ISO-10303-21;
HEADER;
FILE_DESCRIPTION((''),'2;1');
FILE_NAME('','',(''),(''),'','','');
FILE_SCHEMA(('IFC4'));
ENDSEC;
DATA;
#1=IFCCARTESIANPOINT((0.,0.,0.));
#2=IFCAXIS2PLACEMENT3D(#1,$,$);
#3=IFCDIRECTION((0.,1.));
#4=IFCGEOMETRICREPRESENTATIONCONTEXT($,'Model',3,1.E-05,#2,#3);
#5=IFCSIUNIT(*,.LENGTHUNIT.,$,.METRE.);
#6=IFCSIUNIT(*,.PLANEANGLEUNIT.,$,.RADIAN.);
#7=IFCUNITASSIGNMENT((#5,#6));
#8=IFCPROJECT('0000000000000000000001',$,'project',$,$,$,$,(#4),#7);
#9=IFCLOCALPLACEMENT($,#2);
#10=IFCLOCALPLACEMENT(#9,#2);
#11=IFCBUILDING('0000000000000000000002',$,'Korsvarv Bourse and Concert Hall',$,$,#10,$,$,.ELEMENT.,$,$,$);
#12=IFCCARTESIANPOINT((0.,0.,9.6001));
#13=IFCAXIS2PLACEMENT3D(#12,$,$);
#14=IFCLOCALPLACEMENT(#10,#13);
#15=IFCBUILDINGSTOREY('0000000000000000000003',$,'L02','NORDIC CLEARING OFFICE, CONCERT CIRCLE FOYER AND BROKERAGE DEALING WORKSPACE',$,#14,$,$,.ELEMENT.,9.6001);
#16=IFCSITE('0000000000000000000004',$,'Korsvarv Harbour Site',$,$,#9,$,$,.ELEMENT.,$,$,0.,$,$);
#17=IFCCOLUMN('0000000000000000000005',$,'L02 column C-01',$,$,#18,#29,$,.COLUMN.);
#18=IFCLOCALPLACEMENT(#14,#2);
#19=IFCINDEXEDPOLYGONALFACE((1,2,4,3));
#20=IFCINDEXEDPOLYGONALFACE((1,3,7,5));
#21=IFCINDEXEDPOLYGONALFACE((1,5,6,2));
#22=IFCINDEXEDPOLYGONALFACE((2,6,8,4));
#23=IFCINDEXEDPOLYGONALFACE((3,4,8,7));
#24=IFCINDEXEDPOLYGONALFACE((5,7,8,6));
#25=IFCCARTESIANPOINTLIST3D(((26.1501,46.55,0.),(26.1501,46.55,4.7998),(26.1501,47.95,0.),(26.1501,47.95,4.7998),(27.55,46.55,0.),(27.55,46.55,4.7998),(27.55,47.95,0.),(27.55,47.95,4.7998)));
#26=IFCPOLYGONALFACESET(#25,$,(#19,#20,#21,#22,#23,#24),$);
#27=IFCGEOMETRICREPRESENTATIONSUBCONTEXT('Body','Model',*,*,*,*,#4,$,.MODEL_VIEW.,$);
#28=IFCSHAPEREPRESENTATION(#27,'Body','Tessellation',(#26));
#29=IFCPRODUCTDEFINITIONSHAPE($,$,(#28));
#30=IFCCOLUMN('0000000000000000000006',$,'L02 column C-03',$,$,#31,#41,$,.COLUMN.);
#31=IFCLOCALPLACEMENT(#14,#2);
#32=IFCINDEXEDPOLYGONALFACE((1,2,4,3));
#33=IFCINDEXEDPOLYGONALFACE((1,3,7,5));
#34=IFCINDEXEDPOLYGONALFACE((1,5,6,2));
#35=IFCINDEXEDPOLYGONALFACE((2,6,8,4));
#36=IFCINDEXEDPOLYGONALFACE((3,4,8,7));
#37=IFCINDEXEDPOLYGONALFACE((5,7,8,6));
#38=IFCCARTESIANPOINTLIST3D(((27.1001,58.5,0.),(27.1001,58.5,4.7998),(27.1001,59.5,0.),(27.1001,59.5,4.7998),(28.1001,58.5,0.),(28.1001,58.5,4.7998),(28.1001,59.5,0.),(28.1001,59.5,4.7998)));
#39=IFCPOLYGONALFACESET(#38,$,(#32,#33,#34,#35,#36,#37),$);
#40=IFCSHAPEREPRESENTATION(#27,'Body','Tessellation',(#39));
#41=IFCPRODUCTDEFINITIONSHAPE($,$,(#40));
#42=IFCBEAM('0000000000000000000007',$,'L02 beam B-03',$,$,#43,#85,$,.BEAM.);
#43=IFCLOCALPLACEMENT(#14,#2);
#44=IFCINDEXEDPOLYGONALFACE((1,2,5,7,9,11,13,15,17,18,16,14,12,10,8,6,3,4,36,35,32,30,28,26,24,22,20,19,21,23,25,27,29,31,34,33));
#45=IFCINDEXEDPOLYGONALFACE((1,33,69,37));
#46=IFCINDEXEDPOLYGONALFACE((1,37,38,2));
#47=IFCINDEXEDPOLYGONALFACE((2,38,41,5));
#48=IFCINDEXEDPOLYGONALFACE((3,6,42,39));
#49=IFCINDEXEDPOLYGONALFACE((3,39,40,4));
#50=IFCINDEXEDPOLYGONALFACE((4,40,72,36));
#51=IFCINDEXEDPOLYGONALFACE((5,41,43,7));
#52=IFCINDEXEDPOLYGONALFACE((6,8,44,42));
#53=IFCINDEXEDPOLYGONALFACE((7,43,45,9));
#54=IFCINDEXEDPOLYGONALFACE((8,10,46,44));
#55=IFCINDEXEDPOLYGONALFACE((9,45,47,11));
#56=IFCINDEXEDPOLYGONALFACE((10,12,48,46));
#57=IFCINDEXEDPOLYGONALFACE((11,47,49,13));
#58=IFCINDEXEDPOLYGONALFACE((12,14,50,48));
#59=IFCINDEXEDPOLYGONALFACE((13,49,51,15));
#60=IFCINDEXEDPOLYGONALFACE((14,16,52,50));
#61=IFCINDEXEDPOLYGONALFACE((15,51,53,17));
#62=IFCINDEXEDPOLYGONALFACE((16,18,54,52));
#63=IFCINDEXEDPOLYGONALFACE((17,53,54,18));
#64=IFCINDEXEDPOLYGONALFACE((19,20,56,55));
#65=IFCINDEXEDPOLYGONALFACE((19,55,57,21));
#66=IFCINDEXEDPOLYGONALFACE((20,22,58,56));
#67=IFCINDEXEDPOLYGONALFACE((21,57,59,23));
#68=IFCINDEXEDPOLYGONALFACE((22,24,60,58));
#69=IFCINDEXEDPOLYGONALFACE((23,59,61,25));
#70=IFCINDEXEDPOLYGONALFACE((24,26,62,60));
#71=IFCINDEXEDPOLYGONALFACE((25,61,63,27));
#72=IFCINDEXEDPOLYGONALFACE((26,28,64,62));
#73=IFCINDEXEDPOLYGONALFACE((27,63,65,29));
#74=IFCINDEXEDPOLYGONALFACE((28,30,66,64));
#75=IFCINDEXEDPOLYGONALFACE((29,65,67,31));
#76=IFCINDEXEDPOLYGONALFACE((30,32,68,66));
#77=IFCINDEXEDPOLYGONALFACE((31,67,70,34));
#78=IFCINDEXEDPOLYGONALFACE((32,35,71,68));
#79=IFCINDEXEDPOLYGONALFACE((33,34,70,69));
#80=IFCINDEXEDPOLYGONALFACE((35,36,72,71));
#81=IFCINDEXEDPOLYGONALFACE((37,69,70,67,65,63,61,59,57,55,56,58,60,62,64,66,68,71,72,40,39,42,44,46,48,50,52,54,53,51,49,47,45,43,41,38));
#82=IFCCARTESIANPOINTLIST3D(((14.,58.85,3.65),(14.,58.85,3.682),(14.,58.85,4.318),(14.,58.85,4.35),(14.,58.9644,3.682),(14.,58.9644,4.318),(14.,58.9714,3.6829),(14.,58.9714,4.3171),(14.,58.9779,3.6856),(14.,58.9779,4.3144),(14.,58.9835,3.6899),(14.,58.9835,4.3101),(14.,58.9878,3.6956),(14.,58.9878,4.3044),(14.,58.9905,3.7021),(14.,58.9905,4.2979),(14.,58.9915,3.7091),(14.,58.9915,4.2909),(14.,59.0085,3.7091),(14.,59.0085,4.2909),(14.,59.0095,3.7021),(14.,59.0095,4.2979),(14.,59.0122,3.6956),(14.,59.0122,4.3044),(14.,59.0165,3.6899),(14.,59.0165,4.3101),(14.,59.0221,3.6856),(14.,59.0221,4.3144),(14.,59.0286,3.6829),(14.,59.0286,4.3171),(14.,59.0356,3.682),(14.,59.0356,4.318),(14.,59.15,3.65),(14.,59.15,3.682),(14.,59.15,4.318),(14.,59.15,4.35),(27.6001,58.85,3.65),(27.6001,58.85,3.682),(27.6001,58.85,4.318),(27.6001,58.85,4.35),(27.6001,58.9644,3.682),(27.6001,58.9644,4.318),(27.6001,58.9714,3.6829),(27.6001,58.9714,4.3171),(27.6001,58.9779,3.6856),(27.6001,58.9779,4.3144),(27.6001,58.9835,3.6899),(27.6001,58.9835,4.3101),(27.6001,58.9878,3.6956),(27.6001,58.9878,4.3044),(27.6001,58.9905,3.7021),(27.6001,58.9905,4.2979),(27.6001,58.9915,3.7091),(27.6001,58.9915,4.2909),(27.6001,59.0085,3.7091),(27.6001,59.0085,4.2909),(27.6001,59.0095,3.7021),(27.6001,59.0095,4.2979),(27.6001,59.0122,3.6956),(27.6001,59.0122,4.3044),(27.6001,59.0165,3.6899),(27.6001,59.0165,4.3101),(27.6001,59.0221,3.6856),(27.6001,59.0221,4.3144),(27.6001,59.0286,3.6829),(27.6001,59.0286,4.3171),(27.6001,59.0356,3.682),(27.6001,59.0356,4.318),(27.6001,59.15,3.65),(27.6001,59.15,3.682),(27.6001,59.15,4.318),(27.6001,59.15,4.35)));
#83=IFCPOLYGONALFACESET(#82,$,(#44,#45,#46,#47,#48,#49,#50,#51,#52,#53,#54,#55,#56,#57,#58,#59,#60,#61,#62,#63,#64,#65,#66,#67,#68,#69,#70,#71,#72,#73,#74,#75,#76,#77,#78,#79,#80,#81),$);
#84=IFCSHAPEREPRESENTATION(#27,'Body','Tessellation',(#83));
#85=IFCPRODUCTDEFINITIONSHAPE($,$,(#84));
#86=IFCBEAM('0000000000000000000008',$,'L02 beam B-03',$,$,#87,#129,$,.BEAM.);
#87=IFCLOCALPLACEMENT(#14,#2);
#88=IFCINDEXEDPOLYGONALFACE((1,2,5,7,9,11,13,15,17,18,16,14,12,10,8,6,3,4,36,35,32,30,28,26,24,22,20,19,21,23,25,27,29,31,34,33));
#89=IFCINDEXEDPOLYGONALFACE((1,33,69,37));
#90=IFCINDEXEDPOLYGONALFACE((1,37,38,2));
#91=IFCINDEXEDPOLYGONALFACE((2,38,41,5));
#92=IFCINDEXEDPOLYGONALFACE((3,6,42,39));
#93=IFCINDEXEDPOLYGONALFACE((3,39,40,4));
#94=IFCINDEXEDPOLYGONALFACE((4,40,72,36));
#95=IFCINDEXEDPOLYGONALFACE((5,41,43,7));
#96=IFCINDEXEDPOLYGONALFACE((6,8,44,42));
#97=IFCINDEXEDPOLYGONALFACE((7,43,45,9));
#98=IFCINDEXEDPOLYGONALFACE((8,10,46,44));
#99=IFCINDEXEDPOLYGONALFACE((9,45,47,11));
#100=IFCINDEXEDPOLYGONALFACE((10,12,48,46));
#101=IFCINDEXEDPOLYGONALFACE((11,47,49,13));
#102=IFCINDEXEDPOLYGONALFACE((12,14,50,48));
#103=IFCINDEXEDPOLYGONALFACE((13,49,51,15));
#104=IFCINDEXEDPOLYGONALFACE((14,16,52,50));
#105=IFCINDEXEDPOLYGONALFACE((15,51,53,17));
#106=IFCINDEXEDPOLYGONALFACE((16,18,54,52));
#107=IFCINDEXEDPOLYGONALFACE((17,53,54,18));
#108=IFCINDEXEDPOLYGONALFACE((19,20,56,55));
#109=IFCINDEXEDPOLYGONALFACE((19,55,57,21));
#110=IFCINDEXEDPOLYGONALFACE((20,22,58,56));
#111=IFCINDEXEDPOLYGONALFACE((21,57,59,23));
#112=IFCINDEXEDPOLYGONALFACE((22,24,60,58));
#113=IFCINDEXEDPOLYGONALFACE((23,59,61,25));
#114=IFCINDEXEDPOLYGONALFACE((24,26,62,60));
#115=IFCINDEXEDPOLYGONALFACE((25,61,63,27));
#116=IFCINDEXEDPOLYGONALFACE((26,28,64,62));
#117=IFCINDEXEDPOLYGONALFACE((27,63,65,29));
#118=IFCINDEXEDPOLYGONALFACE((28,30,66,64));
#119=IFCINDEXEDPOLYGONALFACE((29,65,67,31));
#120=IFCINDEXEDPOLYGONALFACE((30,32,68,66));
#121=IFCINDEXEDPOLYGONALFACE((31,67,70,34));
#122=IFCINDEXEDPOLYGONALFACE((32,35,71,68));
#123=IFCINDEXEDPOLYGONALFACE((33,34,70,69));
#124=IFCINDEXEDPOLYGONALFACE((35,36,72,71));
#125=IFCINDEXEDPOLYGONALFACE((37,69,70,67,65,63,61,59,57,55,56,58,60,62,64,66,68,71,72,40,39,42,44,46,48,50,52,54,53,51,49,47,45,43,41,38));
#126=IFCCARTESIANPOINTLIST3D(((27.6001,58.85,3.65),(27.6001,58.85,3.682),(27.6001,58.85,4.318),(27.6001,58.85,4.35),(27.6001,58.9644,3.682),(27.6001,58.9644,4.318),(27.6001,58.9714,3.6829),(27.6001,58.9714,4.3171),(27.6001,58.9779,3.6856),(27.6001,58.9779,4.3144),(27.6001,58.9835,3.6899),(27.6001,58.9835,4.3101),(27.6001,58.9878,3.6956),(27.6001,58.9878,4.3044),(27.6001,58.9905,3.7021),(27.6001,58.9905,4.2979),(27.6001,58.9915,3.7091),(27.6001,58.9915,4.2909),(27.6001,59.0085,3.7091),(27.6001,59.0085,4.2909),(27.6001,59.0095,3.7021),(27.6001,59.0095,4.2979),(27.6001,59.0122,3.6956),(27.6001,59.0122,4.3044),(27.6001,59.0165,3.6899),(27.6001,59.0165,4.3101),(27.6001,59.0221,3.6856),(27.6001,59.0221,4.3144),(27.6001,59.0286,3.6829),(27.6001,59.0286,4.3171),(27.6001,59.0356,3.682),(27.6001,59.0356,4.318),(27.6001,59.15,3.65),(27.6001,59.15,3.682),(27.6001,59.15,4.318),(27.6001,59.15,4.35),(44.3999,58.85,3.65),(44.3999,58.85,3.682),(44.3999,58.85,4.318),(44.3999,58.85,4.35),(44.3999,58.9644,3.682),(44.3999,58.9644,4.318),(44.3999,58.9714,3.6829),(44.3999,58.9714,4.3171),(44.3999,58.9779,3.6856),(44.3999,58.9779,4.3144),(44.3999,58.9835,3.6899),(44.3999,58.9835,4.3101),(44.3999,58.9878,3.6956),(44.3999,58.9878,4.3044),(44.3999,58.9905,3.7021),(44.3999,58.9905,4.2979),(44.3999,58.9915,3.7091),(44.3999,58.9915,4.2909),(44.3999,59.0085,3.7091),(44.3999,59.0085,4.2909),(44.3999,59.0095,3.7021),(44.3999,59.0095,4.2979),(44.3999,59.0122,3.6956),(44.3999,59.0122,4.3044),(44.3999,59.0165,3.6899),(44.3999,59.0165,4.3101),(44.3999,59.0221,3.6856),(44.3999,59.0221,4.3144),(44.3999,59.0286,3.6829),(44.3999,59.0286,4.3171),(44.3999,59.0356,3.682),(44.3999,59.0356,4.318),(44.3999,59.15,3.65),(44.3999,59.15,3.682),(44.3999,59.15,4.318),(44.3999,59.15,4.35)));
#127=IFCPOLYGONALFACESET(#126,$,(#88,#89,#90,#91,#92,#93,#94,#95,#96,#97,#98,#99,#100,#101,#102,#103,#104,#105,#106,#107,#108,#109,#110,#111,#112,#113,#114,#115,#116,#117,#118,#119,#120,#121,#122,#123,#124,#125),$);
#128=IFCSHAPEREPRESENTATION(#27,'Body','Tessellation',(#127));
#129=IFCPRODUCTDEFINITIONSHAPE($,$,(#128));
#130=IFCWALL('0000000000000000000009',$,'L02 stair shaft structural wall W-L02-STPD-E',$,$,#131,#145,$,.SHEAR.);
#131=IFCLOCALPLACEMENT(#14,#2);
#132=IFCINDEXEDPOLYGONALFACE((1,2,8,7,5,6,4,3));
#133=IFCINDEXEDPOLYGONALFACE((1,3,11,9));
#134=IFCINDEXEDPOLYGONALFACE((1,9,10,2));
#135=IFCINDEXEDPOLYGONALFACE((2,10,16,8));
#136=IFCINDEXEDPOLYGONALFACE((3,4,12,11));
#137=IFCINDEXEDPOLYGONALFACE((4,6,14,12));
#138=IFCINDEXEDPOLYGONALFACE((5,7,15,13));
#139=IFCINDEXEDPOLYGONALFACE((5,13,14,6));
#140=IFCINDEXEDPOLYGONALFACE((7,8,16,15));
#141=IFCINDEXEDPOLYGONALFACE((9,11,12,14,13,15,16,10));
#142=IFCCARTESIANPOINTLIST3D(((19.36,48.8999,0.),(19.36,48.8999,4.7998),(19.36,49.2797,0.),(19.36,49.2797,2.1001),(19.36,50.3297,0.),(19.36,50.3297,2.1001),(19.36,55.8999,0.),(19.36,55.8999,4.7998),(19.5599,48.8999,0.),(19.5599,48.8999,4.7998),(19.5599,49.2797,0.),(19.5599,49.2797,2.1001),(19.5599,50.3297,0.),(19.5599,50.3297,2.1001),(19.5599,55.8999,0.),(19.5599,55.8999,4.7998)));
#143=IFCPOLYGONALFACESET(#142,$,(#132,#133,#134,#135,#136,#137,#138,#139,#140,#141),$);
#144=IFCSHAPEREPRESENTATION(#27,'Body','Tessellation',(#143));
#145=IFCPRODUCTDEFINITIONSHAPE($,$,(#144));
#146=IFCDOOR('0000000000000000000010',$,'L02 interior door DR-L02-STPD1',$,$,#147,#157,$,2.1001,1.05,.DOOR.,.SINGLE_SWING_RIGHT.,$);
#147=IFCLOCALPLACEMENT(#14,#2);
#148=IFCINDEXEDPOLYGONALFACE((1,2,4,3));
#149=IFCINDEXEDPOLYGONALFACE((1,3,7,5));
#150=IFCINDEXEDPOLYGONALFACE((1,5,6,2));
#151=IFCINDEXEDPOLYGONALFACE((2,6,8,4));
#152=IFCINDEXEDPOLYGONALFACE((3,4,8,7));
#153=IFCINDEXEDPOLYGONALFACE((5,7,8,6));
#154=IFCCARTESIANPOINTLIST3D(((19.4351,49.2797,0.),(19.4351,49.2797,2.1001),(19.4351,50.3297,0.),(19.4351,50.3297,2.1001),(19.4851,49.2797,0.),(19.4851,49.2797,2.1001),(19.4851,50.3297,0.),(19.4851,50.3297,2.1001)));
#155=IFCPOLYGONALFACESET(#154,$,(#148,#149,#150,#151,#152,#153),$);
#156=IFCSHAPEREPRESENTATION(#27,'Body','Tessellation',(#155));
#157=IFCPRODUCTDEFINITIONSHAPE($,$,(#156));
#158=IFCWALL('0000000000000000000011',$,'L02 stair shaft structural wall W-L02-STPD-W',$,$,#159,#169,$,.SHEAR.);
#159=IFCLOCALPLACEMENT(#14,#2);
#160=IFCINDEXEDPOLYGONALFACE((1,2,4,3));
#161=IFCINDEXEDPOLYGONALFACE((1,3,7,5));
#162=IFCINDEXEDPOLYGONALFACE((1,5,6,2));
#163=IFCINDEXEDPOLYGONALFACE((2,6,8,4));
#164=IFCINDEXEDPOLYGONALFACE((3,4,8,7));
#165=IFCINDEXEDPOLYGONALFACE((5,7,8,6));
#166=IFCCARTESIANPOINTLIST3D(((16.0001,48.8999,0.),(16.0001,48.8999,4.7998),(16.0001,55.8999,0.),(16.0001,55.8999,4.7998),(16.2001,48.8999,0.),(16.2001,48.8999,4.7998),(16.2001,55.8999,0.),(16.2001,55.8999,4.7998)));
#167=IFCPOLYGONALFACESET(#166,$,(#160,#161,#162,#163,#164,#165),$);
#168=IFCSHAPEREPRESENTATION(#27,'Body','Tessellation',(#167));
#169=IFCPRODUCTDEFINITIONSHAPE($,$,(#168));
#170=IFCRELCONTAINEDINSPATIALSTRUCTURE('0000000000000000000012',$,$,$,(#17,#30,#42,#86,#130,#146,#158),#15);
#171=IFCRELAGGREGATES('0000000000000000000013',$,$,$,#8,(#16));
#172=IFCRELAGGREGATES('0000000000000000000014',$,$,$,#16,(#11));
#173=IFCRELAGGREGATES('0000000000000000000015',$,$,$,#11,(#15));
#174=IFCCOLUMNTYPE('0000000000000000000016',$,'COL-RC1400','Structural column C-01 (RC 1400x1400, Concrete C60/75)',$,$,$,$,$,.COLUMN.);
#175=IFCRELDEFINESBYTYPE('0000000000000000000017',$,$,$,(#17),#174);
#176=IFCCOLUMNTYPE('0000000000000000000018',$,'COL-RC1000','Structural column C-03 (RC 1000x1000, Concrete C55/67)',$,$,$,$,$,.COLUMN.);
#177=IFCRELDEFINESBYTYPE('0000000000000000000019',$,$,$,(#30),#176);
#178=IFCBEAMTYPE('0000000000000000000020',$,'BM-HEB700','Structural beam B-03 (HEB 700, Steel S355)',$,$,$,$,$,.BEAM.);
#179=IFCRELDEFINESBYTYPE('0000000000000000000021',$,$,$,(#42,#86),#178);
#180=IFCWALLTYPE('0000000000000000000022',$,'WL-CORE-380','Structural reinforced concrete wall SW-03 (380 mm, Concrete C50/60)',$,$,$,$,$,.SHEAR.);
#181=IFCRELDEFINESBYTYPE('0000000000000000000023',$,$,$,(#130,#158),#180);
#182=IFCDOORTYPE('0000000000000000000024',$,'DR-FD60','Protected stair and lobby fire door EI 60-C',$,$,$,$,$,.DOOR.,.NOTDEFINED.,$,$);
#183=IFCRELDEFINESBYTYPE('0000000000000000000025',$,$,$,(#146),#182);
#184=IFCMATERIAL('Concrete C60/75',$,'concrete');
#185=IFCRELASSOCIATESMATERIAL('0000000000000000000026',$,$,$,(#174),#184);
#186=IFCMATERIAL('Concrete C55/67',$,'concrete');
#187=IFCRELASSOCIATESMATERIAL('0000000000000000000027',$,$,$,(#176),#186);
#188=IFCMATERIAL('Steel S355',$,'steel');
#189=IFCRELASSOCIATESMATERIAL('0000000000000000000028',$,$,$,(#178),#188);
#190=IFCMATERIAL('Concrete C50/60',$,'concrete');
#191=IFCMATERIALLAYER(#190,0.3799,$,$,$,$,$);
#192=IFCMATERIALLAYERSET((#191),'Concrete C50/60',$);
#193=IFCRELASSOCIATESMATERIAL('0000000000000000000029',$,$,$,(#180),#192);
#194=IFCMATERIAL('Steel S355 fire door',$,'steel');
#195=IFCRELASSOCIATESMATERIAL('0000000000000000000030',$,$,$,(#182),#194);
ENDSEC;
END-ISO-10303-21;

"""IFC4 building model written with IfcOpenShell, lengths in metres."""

from ifc_helpers import new_model, si_unit, direction, frame, frame_2d, origin, origin_2d, place, context, subcontext, project, spatial, rectangle, i_section, extrude, source, transform, mapped, material, layer, layer_set, material_profile, profile_set, type_object, element, fill, save


model = new_model("IFC4")

# Units and contexts
model_context = context("Model", 3, precision=1e-05, world=origin(), true_north=direction((0.0, 1.0)))
body_context = subcontext(model_context, "Body", "Model", "MODEL_VIEW")
ifc_project = project(units=[si_unit("LENGTHUNIT", "METRE"), si_unit("PLANEANGLEUNIT", "RADIAN")], contexts=[model_context])

# Site, building, storey
site_placement = place(None, origin())
site = spatial("IfcSite", under=ifc_project, at=site_placement, Name="Korsvarv Harbour Site", CompositionType="ELEMENT", RefElevation=0.0)
building_placement = place(site_placement, origin())
building = spatial("IfcBuilding", under=site, at=building_placement, Name="Korsvarv Bourse and Concert Hall", CompositionType="ELEMENT")
storey_placement = place(building_placement, frame((0.0, 0.0, 9.6001)))
storey = spatial("IfcBuildingStorey", under=building, at=storey_placement, Name="L02", Description="NORDIC CLEARING OFFICE, CONCERT CIRCLE FOYER AND BROKERAGE DEALING WORKSPACE", CompositionType="ELEMENT", Elevation=9.6001)

# Columns
ifc_material_1 = material(Name="Concrete C60/75", Category="concrete")
ifc_material_profile_1 = material_profile(ifc_material_1, rectangle(XDim=1.3999, YDim=1.3999, at=origin_2d()), Name="RC 1400x1400")
ifc_profile_set_1 = profile_set([ifc_material_profile_1], Name="Concrete C60/75")
column_type_1 = type_object("IfcColumnType", Name="COL-RC1400", Description="Structural column C-01 (RC 1400x1400, Concrete C60/75)", PredefinedType="COLUMN", material=ifc_profile_set_1)
shared_shape_1 = source(origin(), body_context, "Body", "SweptSolid", [
    extrude(rectangle(XDim=1.3999, YDim=1.3999, at=origin_2d()), origin(), (0.0, 0.0, 1.0), 4.7998),
])
column_1_placement = place(storey_placement, frame((26.8501, 47.25, 0.0), z_axis=(0.0, 0.0, 1.0), x_axis=(1.0, 0.0, 0.0)))
element("IfcColumn", 1, at=column_1_placement, inside=storey, type_object=column_type_1, Name="L02 column C-01", PredefinedType="COLUMN", context=body_context, shape_type="MappedRepresentation", body=[
    mapped(shared_shape_1, transform((0.0, 0.0, 0.0), scale=1.0)),
])
ifc_material_2 = material(Name="Concrete C55/67", Category="concrete")
ifc_material_profile_2 = material_profile(ifc_material_2, rectangle(XDim=1.0, YDim=1.0, at=origin_2d()), Name="RC 1000x1000")
ifc_profile_set_2 = profile_set([ifc_material_profile_2], Name="Concrete C55/67")
column_type_2 = type_object("IfcColumnType", Name="COL-RC1000", Description="Structural column C-03 (RC 1000x1000, Concrete C55/67)", PredefinedType="COLUMN", material=ifc_profile_set_2)
shared_shape_2 = source(origin(), body_context, "Body", "SweptSolid", [
    extrude(rectangle(XDim=1.0, YDim=1.0, at=origin_2d()), origin(), (0.0, 0.0, 1.0), 4.7998),
])
column_2_placement = place(storey_placement, frame((27.6001, 59.0, 0.0), z_axis=(0.0, 0.0, 1.0), x_axis=(1.0, 0.0, 0.0)))
element("IfcColumn", 2, at=column_2_placement, inside=storey, type_object=column_type_2, Name="L02 column C-03", PredefinedType="COLUMN", context=body_context, shape_type="MappedRepresentation", body=[
    mapped(shared_shape_2, transform((0.0, 0.0, 0.0), scale=1.0)),
])

# Beams
ifc_material_3 = material(Name="Steel S355", Category="steel")
ifc_material_profile_3 = material_profile(ifc_material_3, i_section(OverallWidth=0.3, OverallDepth=0.7, WebThickness=0.0171, FlangeThickness=0.032, FilletRadius=0.0271, at=origin_2d()), Name="HEB 700")
ifc_profile_set_3 = profile_set([ifc_material_profile_3], Name="Steel S355")
beam_type = type_object("IfcBeamType", Name="BM-HEB700", Description="Structural beam B-03 (HEB 700, Steel S355)", PredefinedType="BEAM", material=ifc_profile_set_3)
shared_shape_3 = source(origin(), body_context, "Body", "SweptSolid", [
    extrude(i_section(OverallWidth=0.3, OverallDepth=0.7, WebThickness=0.0171, FlangeThickness=0.032, FilletRadius=0.0271, at=origin_2d()), origin(), (0.0, 0.0, 1.0), 13.6001),
])
beam_1_placement = place(storey_placement, frame((14.0, 59.0, 4.0), z_axis=(1.0, 0.0, 0.0), x_axis=(0.0, 1.0, 0.0)))
element("IfcBeam", 3, at=beam_1_placement, inside=storey, type_object=beam_type, Name="L02 beam B-03", PredefinedType="BEAM", context=body_context, shape_type="MappedRepresentation", body=[
    mapped(shared_shape_3, transform((0.0, 0.0, 0.0), scale=1.0)),
])
shared_shape_4 = source(origin(), body_context, "Body", "SweptSolid", [
    extrude(i_section(OverallWidth=0.3, OverallDepth=0.7, WebThickness=0.0171, FlangeThickness=0.032, FilletRadius=0.0271, at=origin_2d()), origin(), (0.0, 0.0, 1.0), 16.7998),
])
beam_2_placement = place(storey_placement, frame((27.6001, 59.0, 4.0), z_axis=(1.0, 0.0, 0.0), x_axis=(0.0, 1.0, 0.0)))
element("IfcBeam", 4, at=beam_2_placement, inside=storey, type_object=beam_type, Name="L02 beam B-03", PredefinedType="BEAM", context=body_context, shape_type="MappedRepresentation", body=[
    mapped(shared_shape_4, transform((0.0, 0.0, 0.0), scale=1.0)),
])

# Wall, opening, door
ifc_material_4 = material(Name="Concrete C50/60", Category="concrete")
ifc_layer_1 = layer(ifc_material_4, 0.3799)
ifc_layer_set_1 = layer_set([ifc_layer_1], Name="Concrete C50/60")
wall_type_1 = type_object("IfcWallType", Name="WL-CORE-380", Description="Structural reinforced concrete wall SW-03 (380 mm, Concrete C50/60)", PredefinedType="SHEAR", material=ifc_layer_set_1)
wall_1_placement = place(storey_placement, frame((19.46, 48.8999, 0.0), z_axis=(0.0, 0.0, 1.0), x_axis=(0.0, 1.0, 0.0)))
wall_1 = element("IfcWall", 5, at=wall_1_placement, inside=storey, type_object=wall_type_1, Name="L02 stair shaft structural wall W-L02-STPD-E", PredefinedType="SHEAR", context=body_context, shape_type="SweptSolid", body=[
    extrude(rectangle(XDim=7.0, YDim=0.2, at=frame_2d((3.5, 0.0))), origin(), (0.0, 0.0, 1.0), 4.7998),
])
opening_1_placement = place(wall_1_placement, frame((0.3799, 0.0, 0.0)))
opening_1 = element("IfcOpeningElement", 6, at=opening_1_placement, cuts=wall_1, PredefinedType="OPENING", context=body_context, shape_type="SweptSolid", body=[
    extrude(rectangle(XDim=1.05, YDim=2.1001, at=frame_2d((0.5249, 1.05))), frame((0.0, 0.1099, 0.0), z_axis=(0.0, -1.0, 0.0), x_axis=(1.0, 0.0, 0.0)), (0.0, 0.0, 1.0), 0.22),
])
ifc_material_5 = material(Name="Steel S355 fire door", Category="steel")
door_type_1 = type_object("IfcDoorType", Name="DR-FD60", Description="Protected stair and lobby fire door EI 60-C", OperationType="NOTDEFINED", PredefinedType="DOOR", material=ifc_material_5)
door_1_placement = place(opening_1_placement, origin())
door_1 = element("IfcDoor", 7, at=door_1_placement, inside=storey, type_object=door_type_1, Name="L02 interior door DR-L02-STPD1", OperationType="SINGLE_SWING_RIGHT", OverallHeight=2.1001, OverallWidth=1.05, PredefinedType="DOOR", context=body_context, shape_type="SweptSolid", body=[
    extrude(rectangle(XDim=1.05, YDim=2.1001, at=frame_2d((0.5249, 1.05))), frame((0.0, 0.0249, 0.0), z_axis=(0.0, -1.0, 0.0), x_axis=(1.0, 0.0, 0.0)), (0.0, 0.0, 1.0), 0.05),
])
fill(opening_1, door_1)

# Wall
wall_2_placement = place(storey_placement, frame((16.1001, 48.8999, 0.0), z_axis=(0.0, 0.0, 1.0), x_axis=(0.0, 1.0, 0.0)))
element("IfcWall", 8, at=wall_2_placement, inside=storey, type_object=wall_type_1, Name="L02 stair shaft structural wall W-L02-STPD-W", PredefinedType="SHEAR", context=body_context, shape_type="SweptSolid", body=[
    extrude(rectangle(XDim=7.0, YDim=0.2, at=frame_2d((3.5, 0.0))), origin(), (0.0, 0.0, 1.0), 4.7998),
])

save(model, "model.ifc")
